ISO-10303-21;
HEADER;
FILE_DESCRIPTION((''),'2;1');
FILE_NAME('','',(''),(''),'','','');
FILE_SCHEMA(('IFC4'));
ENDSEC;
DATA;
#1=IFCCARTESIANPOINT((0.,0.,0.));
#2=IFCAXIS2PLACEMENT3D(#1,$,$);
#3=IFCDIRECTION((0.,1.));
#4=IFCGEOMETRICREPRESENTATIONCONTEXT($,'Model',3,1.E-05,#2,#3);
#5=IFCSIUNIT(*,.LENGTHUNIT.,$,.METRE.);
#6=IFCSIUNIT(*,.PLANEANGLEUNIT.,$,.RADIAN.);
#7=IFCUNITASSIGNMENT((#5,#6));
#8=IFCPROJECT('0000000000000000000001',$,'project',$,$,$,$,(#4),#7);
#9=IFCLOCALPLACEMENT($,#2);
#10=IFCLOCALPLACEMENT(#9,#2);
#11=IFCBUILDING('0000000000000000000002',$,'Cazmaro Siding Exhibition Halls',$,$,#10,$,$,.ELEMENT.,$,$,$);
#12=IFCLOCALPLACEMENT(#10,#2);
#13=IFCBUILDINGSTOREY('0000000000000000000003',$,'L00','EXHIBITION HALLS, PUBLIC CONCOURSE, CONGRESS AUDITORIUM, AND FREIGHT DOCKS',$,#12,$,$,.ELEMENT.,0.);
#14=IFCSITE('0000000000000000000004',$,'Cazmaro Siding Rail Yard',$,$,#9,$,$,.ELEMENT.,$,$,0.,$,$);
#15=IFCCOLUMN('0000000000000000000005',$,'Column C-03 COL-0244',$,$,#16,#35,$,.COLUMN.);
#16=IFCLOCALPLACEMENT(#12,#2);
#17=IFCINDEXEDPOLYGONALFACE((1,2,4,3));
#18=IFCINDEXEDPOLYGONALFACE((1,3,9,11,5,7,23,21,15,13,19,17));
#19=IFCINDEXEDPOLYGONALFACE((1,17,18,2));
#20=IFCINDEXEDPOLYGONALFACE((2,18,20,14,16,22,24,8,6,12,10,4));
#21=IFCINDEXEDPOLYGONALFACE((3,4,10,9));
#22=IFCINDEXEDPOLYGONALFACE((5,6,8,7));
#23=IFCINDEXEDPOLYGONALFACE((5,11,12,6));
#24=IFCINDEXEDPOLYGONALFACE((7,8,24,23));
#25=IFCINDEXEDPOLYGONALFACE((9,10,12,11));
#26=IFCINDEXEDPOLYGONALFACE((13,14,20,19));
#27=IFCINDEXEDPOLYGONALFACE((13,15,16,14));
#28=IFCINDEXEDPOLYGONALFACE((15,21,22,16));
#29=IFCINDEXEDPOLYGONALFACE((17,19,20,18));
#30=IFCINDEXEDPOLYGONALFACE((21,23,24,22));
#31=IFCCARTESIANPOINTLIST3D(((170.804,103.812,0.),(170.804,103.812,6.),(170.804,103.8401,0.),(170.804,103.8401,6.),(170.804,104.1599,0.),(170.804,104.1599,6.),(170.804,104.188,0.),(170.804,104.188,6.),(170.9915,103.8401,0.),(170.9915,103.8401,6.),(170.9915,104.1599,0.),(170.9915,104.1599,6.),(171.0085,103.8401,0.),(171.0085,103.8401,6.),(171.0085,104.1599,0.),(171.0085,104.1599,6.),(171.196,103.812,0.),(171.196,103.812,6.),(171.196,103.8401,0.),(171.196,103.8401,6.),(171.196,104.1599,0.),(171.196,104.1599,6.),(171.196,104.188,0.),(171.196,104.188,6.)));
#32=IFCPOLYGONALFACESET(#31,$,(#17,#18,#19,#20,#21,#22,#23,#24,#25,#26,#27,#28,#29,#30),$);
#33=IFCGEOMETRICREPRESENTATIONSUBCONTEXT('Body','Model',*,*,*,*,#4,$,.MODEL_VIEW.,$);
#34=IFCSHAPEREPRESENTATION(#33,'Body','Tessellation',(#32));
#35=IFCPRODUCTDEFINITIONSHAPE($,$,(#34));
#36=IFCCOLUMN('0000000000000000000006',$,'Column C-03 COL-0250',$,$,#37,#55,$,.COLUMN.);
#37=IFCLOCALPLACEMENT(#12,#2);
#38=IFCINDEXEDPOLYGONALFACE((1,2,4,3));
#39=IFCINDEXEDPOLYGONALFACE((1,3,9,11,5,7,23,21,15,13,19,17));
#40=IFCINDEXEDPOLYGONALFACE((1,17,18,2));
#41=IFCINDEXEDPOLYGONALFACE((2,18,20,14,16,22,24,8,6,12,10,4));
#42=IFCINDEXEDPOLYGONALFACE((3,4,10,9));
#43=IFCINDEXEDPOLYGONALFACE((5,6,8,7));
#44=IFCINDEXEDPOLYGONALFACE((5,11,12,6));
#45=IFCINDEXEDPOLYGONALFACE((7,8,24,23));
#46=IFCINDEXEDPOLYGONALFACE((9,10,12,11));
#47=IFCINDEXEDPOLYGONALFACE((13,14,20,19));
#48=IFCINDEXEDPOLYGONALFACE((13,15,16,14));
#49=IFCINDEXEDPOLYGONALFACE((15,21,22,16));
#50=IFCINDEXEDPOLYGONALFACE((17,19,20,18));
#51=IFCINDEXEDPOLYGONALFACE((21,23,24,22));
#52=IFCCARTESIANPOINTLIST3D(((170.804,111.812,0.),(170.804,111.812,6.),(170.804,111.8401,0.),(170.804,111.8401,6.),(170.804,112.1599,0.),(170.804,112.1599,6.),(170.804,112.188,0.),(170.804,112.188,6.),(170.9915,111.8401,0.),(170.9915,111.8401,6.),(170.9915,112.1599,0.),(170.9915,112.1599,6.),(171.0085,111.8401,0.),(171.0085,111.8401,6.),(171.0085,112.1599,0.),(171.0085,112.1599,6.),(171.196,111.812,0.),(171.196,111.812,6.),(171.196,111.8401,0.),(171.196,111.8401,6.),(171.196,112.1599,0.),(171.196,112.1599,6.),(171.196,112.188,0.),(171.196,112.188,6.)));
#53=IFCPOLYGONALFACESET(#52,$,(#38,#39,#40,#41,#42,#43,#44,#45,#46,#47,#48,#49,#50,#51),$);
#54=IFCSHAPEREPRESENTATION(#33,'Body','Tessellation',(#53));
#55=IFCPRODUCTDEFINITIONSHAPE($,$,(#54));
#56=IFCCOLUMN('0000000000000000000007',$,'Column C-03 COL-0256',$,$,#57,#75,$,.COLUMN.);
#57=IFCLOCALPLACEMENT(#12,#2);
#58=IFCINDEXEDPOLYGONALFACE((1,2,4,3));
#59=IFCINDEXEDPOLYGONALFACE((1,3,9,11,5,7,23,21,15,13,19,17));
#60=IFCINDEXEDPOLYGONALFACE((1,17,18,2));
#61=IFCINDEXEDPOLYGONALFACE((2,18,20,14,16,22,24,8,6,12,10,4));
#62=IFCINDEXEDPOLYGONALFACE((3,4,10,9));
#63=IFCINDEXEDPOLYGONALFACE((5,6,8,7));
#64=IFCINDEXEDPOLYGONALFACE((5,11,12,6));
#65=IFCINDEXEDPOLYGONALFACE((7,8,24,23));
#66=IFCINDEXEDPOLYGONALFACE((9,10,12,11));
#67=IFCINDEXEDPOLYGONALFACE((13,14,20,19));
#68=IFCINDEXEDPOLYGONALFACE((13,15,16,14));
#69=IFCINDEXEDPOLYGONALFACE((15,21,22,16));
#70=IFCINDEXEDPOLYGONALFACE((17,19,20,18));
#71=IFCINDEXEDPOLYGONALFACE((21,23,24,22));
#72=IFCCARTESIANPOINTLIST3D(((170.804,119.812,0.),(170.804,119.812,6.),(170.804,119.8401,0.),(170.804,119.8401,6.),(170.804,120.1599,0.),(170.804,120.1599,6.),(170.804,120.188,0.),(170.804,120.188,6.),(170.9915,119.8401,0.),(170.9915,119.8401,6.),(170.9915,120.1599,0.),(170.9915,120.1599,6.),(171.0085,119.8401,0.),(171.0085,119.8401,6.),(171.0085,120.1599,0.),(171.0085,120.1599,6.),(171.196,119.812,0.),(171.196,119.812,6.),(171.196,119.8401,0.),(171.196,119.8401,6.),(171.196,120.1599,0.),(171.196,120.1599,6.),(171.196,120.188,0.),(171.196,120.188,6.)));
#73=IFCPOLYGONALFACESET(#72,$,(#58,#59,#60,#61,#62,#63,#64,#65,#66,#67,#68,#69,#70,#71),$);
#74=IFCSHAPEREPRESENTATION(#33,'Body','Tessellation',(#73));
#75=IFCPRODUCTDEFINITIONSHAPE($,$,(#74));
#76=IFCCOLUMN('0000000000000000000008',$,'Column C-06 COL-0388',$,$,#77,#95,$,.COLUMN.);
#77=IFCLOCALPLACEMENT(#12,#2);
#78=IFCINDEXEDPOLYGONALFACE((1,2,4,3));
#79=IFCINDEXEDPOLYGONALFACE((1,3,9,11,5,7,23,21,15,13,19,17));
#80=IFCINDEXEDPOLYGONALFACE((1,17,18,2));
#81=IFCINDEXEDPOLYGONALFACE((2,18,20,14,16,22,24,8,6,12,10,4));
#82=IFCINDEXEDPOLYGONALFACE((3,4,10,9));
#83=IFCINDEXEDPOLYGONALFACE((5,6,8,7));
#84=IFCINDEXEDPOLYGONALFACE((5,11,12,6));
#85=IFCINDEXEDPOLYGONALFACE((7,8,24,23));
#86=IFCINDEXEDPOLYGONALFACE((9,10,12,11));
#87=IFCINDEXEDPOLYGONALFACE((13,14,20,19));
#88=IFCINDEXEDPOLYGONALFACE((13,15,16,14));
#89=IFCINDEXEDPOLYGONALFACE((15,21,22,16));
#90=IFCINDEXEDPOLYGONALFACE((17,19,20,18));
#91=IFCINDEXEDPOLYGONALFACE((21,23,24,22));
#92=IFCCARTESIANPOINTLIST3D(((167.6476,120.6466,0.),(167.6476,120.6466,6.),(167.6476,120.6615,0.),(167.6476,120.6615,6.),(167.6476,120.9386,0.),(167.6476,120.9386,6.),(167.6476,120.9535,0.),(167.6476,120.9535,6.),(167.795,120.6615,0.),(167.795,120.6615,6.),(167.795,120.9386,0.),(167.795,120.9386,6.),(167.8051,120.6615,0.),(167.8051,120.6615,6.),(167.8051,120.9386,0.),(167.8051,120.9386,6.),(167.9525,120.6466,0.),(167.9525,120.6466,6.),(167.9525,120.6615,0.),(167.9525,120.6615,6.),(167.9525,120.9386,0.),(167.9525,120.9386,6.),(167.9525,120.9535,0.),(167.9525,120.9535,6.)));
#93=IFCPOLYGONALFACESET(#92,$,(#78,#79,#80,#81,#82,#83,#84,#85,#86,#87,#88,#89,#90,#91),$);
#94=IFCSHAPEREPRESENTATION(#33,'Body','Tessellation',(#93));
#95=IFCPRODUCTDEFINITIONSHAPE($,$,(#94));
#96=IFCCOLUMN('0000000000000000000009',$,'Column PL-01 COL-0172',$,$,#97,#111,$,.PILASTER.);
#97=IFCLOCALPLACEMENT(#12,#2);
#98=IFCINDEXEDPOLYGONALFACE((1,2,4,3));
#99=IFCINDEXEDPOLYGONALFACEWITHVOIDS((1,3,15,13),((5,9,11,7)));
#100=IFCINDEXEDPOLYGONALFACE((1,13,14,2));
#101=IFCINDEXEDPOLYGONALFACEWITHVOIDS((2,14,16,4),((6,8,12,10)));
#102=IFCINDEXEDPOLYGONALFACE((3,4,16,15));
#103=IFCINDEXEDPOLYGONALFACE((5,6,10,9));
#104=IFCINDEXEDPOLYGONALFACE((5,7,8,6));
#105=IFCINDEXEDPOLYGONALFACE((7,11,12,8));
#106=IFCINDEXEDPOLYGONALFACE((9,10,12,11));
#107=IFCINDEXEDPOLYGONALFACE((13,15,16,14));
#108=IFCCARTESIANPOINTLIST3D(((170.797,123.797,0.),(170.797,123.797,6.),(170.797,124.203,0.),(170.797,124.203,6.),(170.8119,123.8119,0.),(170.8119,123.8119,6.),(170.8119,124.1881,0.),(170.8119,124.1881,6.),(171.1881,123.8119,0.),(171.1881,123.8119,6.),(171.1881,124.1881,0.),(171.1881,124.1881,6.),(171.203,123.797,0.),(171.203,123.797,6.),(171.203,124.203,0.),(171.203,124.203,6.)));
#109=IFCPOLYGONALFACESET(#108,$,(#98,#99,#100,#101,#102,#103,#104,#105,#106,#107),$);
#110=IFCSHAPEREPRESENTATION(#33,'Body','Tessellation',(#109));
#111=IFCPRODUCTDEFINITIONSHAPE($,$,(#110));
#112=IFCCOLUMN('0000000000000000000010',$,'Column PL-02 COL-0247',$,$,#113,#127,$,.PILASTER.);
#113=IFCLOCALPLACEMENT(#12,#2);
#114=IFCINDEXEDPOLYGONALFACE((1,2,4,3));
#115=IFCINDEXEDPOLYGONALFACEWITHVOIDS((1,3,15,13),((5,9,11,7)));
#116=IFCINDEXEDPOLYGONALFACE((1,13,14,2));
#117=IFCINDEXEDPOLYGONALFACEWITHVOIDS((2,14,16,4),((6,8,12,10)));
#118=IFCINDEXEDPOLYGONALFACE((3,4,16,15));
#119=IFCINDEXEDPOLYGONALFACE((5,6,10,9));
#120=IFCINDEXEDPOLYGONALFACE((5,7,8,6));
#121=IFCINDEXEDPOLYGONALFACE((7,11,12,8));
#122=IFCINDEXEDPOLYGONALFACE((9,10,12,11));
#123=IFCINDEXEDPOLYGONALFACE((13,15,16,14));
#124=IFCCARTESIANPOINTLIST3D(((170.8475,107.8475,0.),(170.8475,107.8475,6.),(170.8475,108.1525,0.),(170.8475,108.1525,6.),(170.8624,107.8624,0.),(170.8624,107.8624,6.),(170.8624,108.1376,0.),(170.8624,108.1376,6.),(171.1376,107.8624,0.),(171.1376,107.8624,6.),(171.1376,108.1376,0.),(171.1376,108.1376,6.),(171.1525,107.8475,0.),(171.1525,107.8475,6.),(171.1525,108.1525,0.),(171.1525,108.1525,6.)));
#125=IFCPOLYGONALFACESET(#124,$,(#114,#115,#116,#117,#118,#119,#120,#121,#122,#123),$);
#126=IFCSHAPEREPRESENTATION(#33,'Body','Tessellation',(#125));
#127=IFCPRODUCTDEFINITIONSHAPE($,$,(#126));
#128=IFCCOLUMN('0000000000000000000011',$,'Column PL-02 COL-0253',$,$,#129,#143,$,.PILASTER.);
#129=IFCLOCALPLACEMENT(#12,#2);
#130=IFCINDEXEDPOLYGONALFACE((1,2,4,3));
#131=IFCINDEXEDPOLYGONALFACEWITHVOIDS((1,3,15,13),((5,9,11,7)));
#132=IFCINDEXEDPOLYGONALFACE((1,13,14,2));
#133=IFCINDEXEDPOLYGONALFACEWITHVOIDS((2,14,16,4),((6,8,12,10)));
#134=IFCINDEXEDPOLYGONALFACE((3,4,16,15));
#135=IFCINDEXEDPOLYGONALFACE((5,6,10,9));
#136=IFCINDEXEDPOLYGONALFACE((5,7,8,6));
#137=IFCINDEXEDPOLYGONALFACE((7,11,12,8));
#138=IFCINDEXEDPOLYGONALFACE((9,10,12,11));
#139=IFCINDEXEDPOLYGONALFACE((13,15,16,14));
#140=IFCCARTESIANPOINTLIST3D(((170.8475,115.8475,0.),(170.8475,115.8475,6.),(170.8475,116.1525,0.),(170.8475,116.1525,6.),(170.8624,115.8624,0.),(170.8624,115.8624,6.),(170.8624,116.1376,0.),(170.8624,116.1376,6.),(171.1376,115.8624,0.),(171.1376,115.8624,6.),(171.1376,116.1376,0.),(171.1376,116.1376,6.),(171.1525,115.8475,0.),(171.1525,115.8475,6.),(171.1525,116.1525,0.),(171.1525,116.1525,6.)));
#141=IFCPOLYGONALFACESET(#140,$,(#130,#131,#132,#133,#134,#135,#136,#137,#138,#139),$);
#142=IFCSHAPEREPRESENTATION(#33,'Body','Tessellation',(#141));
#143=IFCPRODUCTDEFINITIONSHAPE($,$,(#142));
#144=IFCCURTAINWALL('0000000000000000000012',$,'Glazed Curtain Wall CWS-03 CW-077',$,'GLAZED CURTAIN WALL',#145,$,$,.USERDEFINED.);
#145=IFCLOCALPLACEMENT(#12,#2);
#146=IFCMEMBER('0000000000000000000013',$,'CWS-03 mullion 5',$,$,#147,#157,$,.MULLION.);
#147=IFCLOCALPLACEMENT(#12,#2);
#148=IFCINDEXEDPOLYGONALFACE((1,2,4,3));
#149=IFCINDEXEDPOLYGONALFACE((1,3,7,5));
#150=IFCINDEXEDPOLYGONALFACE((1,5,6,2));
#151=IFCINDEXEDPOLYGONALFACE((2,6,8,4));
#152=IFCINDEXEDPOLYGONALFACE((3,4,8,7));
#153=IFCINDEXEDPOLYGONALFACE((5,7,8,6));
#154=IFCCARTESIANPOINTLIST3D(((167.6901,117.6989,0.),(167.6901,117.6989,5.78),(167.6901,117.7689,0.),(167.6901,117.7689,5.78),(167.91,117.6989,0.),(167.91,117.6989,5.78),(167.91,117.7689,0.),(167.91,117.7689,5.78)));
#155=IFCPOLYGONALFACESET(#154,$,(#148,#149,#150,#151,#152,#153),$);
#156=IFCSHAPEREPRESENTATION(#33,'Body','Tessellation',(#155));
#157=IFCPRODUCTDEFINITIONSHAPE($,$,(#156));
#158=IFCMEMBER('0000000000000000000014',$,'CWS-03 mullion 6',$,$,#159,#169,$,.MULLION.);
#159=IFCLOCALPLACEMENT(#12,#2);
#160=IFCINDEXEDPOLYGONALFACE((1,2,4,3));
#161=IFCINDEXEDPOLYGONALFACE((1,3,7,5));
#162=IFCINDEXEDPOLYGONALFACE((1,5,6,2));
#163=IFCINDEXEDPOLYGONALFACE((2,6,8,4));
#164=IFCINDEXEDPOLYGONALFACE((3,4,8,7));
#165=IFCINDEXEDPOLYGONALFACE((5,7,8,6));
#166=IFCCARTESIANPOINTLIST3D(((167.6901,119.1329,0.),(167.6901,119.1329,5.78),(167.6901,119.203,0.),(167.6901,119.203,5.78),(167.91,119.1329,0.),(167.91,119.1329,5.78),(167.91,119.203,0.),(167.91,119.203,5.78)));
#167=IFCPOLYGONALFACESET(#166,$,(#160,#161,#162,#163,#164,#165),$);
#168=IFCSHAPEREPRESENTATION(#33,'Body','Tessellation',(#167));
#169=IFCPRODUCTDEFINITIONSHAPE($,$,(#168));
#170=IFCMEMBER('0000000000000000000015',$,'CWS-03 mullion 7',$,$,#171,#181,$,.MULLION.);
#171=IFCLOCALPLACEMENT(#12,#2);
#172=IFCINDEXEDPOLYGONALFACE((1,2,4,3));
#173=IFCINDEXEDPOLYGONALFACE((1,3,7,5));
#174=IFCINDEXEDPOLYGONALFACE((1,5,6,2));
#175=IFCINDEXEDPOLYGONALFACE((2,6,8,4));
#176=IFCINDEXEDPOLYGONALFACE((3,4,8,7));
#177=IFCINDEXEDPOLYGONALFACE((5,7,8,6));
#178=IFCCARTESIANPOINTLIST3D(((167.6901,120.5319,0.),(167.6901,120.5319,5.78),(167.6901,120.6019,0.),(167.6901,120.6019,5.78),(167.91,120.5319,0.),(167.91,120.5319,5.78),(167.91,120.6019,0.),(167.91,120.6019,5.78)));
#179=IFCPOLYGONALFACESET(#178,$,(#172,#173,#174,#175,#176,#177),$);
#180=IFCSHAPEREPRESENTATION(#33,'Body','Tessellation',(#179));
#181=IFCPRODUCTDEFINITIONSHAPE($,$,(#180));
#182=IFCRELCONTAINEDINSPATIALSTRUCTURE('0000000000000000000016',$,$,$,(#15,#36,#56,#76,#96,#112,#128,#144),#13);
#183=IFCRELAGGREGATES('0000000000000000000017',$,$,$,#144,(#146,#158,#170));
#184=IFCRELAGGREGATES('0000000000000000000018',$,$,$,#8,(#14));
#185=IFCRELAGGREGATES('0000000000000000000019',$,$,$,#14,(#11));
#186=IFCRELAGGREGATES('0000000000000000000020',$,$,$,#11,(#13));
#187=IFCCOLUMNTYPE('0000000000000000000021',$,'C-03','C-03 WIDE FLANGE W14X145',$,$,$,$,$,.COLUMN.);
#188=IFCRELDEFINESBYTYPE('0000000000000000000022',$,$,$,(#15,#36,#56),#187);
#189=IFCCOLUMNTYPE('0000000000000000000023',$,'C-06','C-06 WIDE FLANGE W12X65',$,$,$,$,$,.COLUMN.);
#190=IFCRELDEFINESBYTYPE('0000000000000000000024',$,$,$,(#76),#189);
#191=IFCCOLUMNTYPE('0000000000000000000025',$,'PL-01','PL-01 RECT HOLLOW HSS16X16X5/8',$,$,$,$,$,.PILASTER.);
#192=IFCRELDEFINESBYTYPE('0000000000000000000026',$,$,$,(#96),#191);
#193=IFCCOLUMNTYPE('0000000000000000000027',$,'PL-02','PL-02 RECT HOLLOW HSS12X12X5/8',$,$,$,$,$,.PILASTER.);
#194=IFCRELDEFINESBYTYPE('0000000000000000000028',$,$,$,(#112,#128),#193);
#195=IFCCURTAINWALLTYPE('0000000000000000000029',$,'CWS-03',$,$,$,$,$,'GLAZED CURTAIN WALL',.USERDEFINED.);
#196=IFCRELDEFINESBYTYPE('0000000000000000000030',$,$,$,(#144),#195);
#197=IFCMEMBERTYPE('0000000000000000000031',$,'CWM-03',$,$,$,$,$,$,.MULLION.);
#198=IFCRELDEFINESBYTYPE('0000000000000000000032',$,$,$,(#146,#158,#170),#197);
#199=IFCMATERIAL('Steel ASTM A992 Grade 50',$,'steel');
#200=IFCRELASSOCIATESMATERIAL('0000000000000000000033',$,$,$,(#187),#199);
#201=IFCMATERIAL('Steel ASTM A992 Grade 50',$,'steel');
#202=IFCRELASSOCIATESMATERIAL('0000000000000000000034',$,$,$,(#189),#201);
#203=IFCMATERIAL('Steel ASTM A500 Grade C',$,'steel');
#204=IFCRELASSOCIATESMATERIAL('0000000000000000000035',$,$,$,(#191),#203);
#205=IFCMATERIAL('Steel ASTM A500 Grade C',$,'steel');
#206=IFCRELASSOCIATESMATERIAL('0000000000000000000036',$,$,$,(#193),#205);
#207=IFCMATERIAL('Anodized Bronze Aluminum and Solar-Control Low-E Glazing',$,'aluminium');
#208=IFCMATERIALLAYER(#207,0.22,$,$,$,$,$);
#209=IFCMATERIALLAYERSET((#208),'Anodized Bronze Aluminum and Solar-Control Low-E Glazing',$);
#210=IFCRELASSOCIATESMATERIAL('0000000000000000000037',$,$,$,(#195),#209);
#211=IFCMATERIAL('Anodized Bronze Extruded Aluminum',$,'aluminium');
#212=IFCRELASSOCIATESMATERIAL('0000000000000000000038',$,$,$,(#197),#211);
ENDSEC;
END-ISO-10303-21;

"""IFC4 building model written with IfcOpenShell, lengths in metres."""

from ifc_helpers import new_model, si_unit, direction, frame, origin, origin_2d, place, context, subcontext, project, spatial, rectangle, hollow_rectangle, i_section, extrude, material, layer, layer_set, material_profile, profile_set, type_object, element, aggregate, save


model = new_model("IFC4")

# Units and contexts
model_context = context("Model", 3, precision=1e-05, world=origin(), true_north=direction((0.0, 1.0)))
body_context = subcontext(model_context, "Body", "Model", "MODEL_VIEW")
ifc_project = project(units=[si_unit("LENGTHUNIT", "METRE"), si_unit("PLANEANGLEUNIT", "RADIAN")], contexts=[model_context])

# Site, building, storey
site_placement = place(None, origin())
site = spatial("IfcSite", under=ifc_project, at=site_placement, Name="Cazmaro Siding Rail Yard", CompositionType="ELEMENT", RefElevation=0.0)
building_placement = place(site_placement, origin())
building = spatial("IfcBuilding", under=site, at=building_placement, Name="Cazmaro Siding Exhibition Halls", CompositionType="ELEMENT")
storey_placement = place(building_placement, origin())
storey = spatial("IfcBuildingStorey", under=building, at=storey_placement, Name="L00", Description="EXHIBITION HALLS, PUBLIC CONCOURSE, CONGRESS AUDITORIUM, AND FREIGHT DOCKS", CompositionType="ELEMENT", Elevation=0.0)

# Columns
ifc_material_1 = material(Name="Steel ASTM A992 Grade 50", Category="steel")
ifc_material_profile_1 = material_profile(ifc_material_1, i_section(OverallWidth=0.3921, OverallDepth=0.376, WebThickness=0.0171, FlangeThickness=0.0281, at=origin_2d()), Name="W14X145")
ifc_profile_set_1 = profile_set([ifc_material_profile_1], Name="Steel ASTM A992 Grade 50")
column_type_1 = type_object("IfcColumnType", Name="C-03", Description="C-03 WIDE FLANGE W14X145", PredefinedType="COLUMN", material=ifc_profile_set_1)
for number, where, z_axis, x_axis, name in (
    (1, (171.0, 104.0, 0.0), (0.0, 0.0, 1.0), (1.0, 0.0, 0.0), "Column C-03 COL-0244"),
    (2, (171.0, 112.0, 0.0), (0.0, 0.0, 1.0), (1.0, 0.0, 0.0), "Column C-03 COL-0250"),
    (3, (171.0, 120.0, 0.0), (0.0, 0.0, 1.0), (1.0, 0.0, 0.0), "Column C-03 COL-0256"),
):
    element("IfcColumn", number, at=place(storey_placement, frame(where, z_axis=z_axis, x_axis=x_axis)), inside=storey, type_object=column_type_1, Name=name, PredefinedType="COLUMN", context=body_context, shape_type="SweptSolid", body=[
        extrude(i_section(OverallWidth=0.3921, OverallDepth=0.376, WebThickness=0.0171, FlangeThickness=0.0281, at=origin_2d()), origin(), (0.0, 0.0, 1.0), 6.0),
    ])
ifc_material_2 = material(Name="Steel ASTM A992 Grade 50", Category="steel")
ifc_material_profile_2 = material_profile(ifc_material_2, i_section(OverallWidth=0.3049, OverallDepth=0.3069, WebThickness=0.01, FlangeThickness=0.0149, at=origin_2d()), Name="W12X65")
ifc_profile_set_2 = profile_set([ifc_material_profile_2], Name="Steel ASTM A992 Grade 50")
column_type_2 = type_object("IfcColumnType", Name="C-06", Description="C-06 WIDE FLANGE W12X65", PredefinedType="COLUMN", material=ifc_profile_set_2)
column_1_placement = place(storey_placement, frame((167.8, 120.8, 0.0), z_axis=(0.0, 0.0, 1.0), x_axis=(1.0, 0.0, 0.0)))
element("IfcColumn", 4, at=column_1_placement, inside=storey, type_object=column_type_2, Name="Column C-06 COL-0388", PredefinedType="COLUMN", context=body_context, shape_type="SweptSolid", body=[
    extrude(i_section(OverallWidth=0.3049, OverallDepth=0.3069, WebThickness=0.01, FlangeThickness=0.0149, at=origin_2d()), origin(), (0.0, 0.0, 1.0), 6.0),
])
ifc_material_3 = material(Name="Steel ASTM A500 Grade C", Category="steel")
ifc_material_profile_3 = material_profile(ifc_material_3, hollow_rectangle(XDim=0.406, YDim=0.406, WallThickness=0.0149, at=origin_2d()), Name="HSS16X16X5/8")
ifc_profile_set_3 = profile_set([ifc_material_profile_3], Name="Steel ASTM A500 Grade C")
column_type_3 = type_object("IfcColumnType", Name="PL-01", Description="PL-01 RECT HOLLOW HSS16X16X5/8", PredefinedType="PILASTER", material=ifc_profile_set_3)
column_2_placement = place(storey_placement, frame((171.0, 124.0, 0.0), z_axis=(0.0, 0.0, 1.0), x_axis=(1.0, 0.0, 0.0)))
element("IfcColumn", 5, at=column_2_placement, inside=storey, type_object=column_type_3, Name="Column PL-01 COL-0172", PredefinedType="PILASTER", context=body_context, shape_type="SweptSolid", body=[
    extrude(hollow_rectangle(XDim=0.406, YDim=0.406, WallThickness=0.0149, at=origin_2d()), origin(), (0.0, 0.0, 1.0), 6.0),
])
ifc_material_4 = material(Name="Steel ASTM A500 Grade C", Category="steel")
ifc_material_profile_4 = material_profile(ifc_material_4, hollow_rectangle(XDim=0.3049, YDim=0.3049, WallThickness=0.0149, at=origin_2d()), Name="HSS12X12X5/8")
ifc_profile_set_4 = profile_set([ifc_material_profile_4], Name="Steel ASTM A500 Grade C")
column_type_4 = type_object("IfcColumnType", Name="PL-02", Description="PL-02 RECT HOLLOW HSS12X12X5/8", PredefinedType="PILASTER", material=ifc_profile_set_4)
for number, where, z_axis, x_axis, name in (
    (6, (171.0, 108.0, 0.0), (0.0, 0.0, 1.0), (1.0, 0.0, 0.0), "Column PL-02 COL-0247"),
    (7, (171.0, 116.0, 0.0), (0.0, 0.0, 1.0), (1.0, 0.0, 0.0), "Column PL-02 COL-0253"),
):
    element("IfcColumn", number, at=place(storey_placement, frame(where, z_axis=z_axis, x_axis=x_axis)), inside=storey, type_object=column_type_4, Name=name, PredefinedType="PILASTER", context=body_context, shape_type="SweptSolid", body=[
        extrude(hollow_rectangle(XDim=0.3049, YDim=0.3049, WallThickness=0.0149, at=origin_2d()), origin(), (0.0, 0.0, 1.0), 6.0),
    ])

# Curtain wall, members
ifc_material_5 = material(Name="Anodized Bronze Aluminum and Solar-Control Low-E Glazing", Category="aluminium")
ifc_layer_1 = layer(ifc_material_5, 0.22)
ifc_layer_set_1 = layer_set([ifc_layer_1], Name="Anodized Bronze Aluminum and Solar-Control Low-E Glazing")
curtain_wall_type = type_object("IfcCurtainWallType", Name="CWS-03", ElementType="GLAZED CURTAIN WALL", PredefinedType="USERDEFINED", material=ifc_layer_set_1)
curtain_wall_placement = place(storey_placement, origin())
curtain_wall = element("IfcCurtainWall", 8, at=curtain_wall_placement, inside=storey, type_object=curtain_wall_type, Name="Glazed Curtain Wall CWS-03 CW-077", ObjectType="GLAZED CURTAIN WALL", PredefinedType="USERDEFINED")
ifc_material_6 = material(Name="Anodized Bronze Extruded Aluminum", Category="aluminium")
ifc_material_profile_5 = material_profile(ifc_material_6, rectangle(XDim=0.22, YDim=0.0701, at=origin_2d()), Name="CWM-03")
ifc_profile_set_5 = profile_set([ifc_material_profile_5], Name="Anodized Bronze Extruded Aluminum")
member_type_1 = type_object("IfcMemberType", Name="CWM-03", PredefinedType="MULLION", material=ifc_profile_set_5)
member_1_placement = place(storey_placement, frame((167.8, 117.7339, 0.0), z_axis=(0.0, 0.0, 1.0), x_axis=(-1.0, 0.0, 0.0)))
member_1 = element("IfcMember", 9, at=member_1_placement, type_object=member_type_1, Name="CWS-03 mullion 5", PredefinedType="MULLION", context=body_context, shape_type="SweptSolid", body=[
    extrude(rectangle(XDim=0.22, YDim=0.0701, at=origin_2d()), origin(), (0.0, 0.0, 1.0), 5.78),
])
member_2_placement = place(storey_placement, frame((167.8, 119.168, 0.0), z_axis=(0.0, 0.0, 1.0), x_axis=(-1.0, 0.0, 0.0)))
member_2 = element("IfcMember", 10, at=member_2_placement, type_object=member_type_1, Name="CWS-03 mullion 6", PredefinedType="MULLION", context=body_context, shape_type="SweptSolid", body=[
    extrude(rectangle(XDim=0.22, YDim=0.0701, at=origin_2d()), origin(), (0.0, 0.0, 1.0), 5.78),
])
member_3_placement = place(storey_placement, frame((167.8, 120.5669, 0.0), z_axis=(0.0, 0.0, 1.0), x_axis=(-1.0, 0.0, 0.0)))
member_3 = element("IfcMember", 11, at=member_3_placement, type_object=member_type_1, Name="CWS-03 mullion 7", PredefinedType="MULLION", context=body_context, shape_type="SweptSolid", body=[
    extrude(rectangle(XDim=0.22, YDim=0.0701, at=origin_2d()), origin(), (0.0, 0.0, 1.0), 5.78),
])
aggregate(curtain_wall, [member_1, member_2, member_3])

save(model, "model.ifc")
